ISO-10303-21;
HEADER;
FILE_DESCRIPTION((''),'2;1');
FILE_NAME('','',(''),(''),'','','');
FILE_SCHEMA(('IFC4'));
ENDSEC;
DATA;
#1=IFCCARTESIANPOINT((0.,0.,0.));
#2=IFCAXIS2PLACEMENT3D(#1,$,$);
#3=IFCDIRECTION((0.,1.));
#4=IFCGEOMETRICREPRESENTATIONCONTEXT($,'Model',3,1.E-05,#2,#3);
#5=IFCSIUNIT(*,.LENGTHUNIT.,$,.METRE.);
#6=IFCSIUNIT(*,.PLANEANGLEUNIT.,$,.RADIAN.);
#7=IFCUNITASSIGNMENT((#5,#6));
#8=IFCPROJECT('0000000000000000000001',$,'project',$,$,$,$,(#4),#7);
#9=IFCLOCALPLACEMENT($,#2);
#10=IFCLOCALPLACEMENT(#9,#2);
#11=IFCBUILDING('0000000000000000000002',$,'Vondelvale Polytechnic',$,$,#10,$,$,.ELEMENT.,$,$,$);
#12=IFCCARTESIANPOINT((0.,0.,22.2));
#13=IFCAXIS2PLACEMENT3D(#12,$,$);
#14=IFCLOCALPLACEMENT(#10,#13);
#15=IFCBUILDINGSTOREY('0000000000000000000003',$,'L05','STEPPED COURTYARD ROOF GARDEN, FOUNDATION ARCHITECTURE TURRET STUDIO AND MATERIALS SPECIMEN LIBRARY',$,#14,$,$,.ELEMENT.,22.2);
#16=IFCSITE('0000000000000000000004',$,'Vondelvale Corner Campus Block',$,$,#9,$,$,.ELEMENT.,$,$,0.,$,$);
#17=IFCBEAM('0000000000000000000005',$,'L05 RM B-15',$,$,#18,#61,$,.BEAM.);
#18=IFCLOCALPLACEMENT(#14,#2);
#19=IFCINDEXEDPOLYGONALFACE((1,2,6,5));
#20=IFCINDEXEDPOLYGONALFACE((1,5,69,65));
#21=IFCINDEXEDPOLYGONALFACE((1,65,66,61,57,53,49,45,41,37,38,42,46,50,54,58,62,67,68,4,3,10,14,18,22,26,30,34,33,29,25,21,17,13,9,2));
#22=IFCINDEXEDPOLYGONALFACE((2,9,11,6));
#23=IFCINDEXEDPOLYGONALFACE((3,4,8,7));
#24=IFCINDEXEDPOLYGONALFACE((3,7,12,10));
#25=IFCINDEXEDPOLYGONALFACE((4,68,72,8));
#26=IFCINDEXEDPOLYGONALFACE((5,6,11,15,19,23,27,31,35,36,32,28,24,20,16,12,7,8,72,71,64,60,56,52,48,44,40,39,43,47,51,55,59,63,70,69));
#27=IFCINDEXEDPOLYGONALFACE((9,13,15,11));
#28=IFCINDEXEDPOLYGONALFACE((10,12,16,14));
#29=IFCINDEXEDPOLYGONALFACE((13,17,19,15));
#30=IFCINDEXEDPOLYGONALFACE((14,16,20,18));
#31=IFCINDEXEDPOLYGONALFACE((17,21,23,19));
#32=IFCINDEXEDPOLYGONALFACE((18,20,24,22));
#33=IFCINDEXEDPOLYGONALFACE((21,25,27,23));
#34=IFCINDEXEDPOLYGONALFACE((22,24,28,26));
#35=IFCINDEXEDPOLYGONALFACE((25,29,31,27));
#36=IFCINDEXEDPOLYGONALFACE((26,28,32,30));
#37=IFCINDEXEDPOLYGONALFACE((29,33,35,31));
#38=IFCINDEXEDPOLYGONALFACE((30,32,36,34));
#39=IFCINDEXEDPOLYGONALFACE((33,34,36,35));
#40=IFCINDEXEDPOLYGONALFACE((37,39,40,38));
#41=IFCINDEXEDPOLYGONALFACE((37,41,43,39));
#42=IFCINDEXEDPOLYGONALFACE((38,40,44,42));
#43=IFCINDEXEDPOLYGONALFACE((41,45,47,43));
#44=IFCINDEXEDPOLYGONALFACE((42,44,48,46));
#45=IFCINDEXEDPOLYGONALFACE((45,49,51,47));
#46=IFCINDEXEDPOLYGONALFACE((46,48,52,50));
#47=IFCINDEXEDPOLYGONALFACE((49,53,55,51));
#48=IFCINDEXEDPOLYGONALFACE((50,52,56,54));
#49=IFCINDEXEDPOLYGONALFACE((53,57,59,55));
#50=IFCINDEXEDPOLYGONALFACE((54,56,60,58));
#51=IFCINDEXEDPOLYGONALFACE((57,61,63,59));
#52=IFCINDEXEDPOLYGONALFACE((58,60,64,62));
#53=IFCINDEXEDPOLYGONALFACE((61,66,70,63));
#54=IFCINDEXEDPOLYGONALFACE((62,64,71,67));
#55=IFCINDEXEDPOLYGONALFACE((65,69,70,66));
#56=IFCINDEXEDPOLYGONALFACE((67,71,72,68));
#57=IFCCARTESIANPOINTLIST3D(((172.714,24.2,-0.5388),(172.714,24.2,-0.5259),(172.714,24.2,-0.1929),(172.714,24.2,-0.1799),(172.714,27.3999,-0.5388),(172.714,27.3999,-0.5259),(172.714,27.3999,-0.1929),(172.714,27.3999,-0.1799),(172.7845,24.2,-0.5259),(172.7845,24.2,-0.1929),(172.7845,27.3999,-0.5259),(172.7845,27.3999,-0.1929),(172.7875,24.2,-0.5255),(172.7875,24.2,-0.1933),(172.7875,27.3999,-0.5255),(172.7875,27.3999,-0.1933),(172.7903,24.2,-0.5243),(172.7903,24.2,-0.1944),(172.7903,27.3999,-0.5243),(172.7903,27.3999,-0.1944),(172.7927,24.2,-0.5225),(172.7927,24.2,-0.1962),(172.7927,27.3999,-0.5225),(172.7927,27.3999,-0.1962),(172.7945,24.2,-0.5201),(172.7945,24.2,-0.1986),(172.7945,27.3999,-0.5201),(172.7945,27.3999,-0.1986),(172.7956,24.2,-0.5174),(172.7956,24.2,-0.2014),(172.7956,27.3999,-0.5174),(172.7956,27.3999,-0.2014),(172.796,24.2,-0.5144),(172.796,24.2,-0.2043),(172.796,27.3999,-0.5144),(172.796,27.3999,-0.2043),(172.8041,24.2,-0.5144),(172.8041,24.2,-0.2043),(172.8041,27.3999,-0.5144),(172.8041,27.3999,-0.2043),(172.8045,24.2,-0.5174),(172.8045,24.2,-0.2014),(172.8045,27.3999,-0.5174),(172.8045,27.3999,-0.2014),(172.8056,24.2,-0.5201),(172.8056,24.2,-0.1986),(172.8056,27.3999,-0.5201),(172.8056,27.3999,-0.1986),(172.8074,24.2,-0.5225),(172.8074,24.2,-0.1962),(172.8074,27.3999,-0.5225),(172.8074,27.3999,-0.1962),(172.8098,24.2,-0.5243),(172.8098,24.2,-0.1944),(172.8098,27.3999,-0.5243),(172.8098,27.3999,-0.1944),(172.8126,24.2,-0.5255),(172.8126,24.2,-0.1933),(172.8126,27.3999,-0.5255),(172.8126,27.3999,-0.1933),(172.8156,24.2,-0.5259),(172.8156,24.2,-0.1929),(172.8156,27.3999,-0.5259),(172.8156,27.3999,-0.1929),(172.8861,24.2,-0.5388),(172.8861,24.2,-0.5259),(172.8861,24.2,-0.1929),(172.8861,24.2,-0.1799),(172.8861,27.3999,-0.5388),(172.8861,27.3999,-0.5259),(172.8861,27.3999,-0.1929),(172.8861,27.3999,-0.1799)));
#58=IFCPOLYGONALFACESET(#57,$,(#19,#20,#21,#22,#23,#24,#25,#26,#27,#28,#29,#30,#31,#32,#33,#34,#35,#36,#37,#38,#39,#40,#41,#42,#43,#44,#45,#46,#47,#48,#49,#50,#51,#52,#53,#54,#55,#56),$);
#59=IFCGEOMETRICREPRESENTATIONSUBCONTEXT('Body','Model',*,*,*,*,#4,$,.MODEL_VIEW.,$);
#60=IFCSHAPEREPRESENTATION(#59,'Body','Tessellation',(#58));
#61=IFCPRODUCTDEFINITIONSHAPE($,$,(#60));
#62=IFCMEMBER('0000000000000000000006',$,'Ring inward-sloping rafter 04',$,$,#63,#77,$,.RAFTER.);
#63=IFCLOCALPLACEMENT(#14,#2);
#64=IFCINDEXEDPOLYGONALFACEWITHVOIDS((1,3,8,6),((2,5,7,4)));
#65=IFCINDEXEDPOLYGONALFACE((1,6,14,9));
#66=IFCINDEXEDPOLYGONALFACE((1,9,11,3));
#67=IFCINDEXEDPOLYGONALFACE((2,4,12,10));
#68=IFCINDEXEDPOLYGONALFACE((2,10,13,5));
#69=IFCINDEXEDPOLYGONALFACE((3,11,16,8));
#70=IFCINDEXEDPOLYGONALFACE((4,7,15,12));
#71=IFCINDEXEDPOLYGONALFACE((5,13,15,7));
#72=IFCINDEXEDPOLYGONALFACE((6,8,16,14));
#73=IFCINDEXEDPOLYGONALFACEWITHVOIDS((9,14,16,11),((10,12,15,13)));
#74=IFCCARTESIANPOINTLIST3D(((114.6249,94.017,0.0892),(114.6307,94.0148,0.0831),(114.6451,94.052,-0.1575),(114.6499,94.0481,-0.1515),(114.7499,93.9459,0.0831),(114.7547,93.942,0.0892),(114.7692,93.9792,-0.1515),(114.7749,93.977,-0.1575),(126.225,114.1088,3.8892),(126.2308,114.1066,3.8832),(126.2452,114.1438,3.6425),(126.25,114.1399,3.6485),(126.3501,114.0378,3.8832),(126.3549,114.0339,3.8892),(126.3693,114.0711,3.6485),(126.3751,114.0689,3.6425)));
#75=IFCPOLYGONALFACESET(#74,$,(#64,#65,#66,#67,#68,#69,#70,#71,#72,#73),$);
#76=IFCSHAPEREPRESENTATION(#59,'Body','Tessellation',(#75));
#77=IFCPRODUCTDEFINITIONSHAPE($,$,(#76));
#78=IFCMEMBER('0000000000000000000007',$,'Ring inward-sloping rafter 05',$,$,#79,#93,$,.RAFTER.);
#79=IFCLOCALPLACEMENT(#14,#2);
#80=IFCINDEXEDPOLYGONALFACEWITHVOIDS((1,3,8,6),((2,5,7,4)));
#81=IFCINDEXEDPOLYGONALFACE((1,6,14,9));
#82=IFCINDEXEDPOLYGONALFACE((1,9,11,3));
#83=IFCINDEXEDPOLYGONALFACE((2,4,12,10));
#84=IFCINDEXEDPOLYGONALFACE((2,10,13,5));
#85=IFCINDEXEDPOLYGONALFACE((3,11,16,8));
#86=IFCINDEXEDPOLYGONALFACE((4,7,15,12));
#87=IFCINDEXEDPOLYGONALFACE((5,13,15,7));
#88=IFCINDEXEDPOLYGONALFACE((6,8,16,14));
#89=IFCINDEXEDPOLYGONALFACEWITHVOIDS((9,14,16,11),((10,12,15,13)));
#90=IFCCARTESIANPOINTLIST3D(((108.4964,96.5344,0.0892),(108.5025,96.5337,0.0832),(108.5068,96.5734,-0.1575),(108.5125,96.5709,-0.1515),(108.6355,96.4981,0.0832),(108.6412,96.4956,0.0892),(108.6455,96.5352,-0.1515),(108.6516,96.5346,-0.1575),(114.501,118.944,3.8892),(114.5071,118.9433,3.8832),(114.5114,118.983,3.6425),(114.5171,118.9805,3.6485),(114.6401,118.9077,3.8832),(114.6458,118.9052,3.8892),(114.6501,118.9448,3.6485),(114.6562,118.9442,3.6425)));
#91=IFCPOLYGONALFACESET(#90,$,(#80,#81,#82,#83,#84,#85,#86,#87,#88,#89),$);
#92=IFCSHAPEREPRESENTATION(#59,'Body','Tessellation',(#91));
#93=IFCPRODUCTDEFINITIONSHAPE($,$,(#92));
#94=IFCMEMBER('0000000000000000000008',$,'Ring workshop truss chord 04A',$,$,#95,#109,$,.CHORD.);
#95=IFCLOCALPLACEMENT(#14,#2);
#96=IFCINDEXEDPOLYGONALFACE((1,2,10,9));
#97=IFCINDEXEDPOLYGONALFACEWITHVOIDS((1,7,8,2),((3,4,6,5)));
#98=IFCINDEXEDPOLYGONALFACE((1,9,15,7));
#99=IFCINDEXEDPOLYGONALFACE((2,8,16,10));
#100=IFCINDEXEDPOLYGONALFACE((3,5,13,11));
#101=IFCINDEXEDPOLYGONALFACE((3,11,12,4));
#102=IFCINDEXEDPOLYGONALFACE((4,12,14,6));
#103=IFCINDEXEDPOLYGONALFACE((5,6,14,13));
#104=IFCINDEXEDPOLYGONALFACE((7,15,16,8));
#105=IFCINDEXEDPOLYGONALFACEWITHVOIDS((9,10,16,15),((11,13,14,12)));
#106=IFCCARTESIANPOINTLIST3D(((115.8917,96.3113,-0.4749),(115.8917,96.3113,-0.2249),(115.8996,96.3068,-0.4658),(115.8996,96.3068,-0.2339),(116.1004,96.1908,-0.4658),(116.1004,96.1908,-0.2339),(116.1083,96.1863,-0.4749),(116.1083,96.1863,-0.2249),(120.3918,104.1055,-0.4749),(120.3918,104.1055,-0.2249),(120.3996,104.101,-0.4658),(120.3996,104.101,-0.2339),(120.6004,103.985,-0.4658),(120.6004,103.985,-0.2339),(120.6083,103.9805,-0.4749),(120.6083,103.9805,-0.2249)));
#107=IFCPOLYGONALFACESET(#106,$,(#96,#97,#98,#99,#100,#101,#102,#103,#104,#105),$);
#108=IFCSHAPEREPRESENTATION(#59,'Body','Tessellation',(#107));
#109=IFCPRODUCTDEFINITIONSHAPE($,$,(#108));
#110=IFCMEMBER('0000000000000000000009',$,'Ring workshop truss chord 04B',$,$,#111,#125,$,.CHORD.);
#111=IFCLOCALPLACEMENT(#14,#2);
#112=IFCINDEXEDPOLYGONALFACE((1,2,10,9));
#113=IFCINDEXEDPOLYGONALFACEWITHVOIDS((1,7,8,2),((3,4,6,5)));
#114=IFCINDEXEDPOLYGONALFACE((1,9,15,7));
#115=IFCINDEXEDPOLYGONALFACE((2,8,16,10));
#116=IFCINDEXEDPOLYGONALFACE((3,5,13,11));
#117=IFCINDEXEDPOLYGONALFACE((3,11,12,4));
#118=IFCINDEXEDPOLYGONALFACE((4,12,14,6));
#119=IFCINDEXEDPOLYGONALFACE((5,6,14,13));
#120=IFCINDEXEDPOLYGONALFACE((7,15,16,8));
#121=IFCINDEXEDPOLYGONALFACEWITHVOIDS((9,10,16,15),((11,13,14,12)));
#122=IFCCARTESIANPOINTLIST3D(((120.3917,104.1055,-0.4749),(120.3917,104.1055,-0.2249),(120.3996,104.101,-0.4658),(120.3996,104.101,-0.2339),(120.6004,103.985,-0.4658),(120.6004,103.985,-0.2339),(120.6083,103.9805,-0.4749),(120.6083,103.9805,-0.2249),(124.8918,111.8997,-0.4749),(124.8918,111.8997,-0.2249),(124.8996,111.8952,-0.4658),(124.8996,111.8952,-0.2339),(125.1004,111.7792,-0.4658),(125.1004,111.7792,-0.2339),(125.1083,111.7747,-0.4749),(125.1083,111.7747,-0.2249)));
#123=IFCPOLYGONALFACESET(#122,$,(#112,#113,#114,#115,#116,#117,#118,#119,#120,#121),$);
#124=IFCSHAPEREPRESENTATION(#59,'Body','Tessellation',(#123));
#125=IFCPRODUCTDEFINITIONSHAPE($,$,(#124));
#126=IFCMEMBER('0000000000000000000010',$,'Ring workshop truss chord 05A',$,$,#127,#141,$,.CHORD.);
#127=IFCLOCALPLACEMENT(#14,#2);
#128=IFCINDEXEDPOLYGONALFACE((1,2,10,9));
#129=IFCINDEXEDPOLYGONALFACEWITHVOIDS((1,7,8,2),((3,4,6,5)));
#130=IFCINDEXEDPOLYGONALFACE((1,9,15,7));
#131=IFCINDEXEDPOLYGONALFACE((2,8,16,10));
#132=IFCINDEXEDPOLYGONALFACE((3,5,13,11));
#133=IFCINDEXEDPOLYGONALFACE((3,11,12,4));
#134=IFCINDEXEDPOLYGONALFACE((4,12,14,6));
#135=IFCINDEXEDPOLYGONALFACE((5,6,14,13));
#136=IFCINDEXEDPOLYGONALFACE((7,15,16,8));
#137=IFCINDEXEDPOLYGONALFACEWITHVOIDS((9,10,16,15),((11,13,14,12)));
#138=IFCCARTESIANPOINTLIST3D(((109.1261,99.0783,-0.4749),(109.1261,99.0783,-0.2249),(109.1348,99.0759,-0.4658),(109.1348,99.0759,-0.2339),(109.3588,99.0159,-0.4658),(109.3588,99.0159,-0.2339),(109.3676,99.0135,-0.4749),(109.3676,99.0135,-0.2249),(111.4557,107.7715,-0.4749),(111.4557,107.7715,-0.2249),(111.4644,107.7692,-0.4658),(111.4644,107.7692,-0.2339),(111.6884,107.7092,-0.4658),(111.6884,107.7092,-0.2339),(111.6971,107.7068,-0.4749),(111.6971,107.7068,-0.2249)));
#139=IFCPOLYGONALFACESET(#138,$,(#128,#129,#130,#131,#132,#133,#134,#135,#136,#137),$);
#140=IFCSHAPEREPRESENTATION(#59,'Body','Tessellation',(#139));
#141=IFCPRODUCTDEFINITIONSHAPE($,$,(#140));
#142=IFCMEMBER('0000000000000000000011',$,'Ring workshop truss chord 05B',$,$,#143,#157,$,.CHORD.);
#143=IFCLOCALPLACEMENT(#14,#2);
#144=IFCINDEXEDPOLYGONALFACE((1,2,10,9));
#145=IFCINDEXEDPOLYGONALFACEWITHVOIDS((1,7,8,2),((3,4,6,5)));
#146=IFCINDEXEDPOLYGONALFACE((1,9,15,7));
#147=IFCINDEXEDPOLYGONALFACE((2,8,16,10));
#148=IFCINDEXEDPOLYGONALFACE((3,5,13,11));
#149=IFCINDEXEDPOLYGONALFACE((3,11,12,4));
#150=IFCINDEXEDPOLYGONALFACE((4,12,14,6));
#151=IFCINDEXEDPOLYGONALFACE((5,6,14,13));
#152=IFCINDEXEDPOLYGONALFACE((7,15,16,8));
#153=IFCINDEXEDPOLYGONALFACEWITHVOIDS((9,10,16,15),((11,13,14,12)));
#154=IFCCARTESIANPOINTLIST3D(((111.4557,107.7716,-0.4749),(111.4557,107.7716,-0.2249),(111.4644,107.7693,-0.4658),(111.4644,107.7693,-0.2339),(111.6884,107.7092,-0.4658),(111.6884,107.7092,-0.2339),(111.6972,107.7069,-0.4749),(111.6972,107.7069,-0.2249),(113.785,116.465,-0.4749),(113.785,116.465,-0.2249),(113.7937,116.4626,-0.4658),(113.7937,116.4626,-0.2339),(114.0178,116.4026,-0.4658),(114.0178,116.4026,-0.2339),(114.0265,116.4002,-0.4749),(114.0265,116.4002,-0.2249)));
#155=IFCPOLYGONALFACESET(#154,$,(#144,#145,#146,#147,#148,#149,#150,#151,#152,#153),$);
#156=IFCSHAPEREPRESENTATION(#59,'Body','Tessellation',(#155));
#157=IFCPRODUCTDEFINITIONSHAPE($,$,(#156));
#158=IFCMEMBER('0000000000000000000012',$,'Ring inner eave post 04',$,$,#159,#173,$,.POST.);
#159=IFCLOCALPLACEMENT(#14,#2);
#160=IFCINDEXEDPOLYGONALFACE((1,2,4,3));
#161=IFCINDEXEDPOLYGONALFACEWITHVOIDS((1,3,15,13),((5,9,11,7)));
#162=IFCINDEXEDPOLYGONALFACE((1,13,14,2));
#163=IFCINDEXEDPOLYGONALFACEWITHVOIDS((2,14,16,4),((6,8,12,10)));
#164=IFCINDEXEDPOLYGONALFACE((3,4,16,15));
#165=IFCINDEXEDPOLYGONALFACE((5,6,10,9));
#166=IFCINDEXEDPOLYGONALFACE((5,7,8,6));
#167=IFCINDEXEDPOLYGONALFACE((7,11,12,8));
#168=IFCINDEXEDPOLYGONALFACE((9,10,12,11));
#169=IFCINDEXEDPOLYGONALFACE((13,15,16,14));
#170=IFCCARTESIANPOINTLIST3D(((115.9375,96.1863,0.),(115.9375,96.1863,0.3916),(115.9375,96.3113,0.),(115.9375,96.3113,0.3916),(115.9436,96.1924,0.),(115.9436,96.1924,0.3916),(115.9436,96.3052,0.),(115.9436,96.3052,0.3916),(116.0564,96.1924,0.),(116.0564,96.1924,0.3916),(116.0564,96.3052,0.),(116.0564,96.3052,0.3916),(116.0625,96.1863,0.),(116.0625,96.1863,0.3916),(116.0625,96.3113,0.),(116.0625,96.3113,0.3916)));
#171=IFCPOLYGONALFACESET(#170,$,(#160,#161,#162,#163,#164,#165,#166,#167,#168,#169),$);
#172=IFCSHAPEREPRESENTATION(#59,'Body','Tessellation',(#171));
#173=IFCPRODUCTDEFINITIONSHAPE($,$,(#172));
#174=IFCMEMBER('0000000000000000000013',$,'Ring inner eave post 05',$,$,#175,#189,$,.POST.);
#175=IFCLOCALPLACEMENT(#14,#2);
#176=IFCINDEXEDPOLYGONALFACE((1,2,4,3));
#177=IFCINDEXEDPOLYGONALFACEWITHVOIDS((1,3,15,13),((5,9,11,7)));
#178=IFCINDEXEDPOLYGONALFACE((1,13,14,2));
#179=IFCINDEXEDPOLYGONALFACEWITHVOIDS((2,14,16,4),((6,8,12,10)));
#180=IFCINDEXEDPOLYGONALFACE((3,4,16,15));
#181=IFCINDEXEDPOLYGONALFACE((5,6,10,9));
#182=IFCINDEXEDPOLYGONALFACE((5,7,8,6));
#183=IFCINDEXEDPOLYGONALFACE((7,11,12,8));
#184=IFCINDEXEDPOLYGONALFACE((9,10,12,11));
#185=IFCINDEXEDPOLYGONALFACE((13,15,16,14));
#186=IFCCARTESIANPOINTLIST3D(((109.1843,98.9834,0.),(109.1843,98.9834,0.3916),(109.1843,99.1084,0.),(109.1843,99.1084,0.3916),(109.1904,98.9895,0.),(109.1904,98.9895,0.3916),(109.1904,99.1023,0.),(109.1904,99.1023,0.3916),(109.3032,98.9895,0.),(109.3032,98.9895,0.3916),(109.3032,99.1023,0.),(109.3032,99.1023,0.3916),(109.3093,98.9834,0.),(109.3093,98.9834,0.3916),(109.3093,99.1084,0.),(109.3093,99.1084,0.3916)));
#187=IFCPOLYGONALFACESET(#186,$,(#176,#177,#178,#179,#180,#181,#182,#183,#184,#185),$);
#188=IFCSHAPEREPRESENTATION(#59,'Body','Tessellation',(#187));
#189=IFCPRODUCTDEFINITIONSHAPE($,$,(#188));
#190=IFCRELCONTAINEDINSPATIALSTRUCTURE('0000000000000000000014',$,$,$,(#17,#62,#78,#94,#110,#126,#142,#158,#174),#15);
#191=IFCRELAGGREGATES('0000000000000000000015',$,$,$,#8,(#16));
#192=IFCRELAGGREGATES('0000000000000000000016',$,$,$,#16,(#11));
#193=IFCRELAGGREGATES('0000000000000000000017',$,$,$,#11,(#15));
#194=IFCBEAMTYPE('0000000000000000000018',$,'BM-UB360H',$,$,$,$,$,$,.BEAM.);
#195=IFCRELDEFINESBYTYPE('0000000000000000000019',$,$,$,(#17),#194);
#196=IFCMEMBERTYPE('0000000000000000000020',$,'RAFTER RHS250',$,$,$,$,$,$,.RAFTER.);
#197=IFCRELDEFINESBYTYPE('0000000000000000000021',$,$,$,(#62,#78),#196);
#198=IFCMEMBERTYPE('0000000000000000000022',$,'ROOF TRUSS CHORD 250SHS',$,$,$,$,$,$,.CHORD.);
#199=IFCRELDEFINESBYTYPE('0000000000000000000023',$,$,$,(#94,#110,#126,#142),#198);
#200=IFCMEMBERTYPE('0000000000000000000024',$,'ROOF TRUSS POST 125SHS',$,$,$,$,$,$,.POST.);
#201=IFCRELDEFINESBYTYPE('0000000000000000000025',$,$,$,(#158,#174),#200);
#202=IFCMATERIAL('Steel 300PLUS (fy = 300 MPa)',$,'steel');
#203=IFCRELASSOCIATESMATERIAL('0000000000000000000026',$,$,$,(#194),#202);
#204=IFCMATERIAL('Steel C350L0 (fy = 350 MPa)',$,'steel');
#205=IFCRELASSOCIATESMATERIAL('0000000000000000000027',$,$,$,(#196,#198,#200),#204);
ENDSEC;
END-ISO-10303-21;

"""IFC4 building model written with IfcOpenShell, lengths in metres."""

from ifc_helpers import new_model, si_unit, direction, frame, origin, origin_2d, place, context, subcontext, project, spatial, hollow_rectangle, i_section, extrude, material, material_profile, profile_set, type_object, element, save


model = new_model("IFC4")

# Units and contexts
model_context = context("Model", 3, precision=1e-05, world=origin(), true_north=direction((0.0, 1.0)))
body_context = subcontext(model_context, "Body", "Model", "MODEL_VIEW")
ifc_project = project(units=[si_unit("LENGTHUNIT", "METRE"), si_unit("PLANEANGLEUNIT", "RADIAN")], contexts=[model_context])

# Site, building, storey
site_placement = place(None, origin())
site = spatial("IfcSite", under=ifc_project, at=site_placement, Name="Vondelvale Corner Campus Block", CompositionType="ELEMENT", RefElevation=0.0)
building_placement = place(site_placement, origin())
building = spatial("IfcBuilding", under=site, at=building_placement, Name="Vondelvale Polytechnic", CompositionType="ELEMENT")
storey_placement = place(building_placement, frame((0.0, 0.0, 22.2)))
storey = spatial("IfcBuildingStorey", under=building, at=storey_placement, Name="L05", Description="STEPPED COURTYARD ROOF GARDEN, FOUNDATION ARCHITECTURE TURRET STUDIO AND MATERIALS SPECIMEN LIBRARY", CompositionType="ELEMENT", Elevation=22.2)

# Beam
ifc_material_1 = material(Name="Steel 300PLUS (fy = 300 MPa)", Category="steel")
ifc_material_profile_1 = material_profile(ifc_material_1, i_section(OverallWidth=0.1721, OverallDepth=0.3589, WebThickness=0.0081, FlangeThickness=0.0129, FilletRadius=0.0115, at=origin_2d()), Name="360UB56.7")
ifc_profile_set_1 = profile_set([ifc_material_profile_1], Name="Steel 300PLUS (fy = 300 MPa)")
beam_type_1 = type_object("IfcBeamType", Name="BM-UB360H", PredefinedType="BEAM", material=ifc_profile_set_1)
beam_1_placement = place(storey_placement, frame((172.8, 24.2, -0.3594), z_axis=(0.0, 1.0, 0.0), x_axis=(-1.0, 0.0, 0.0)))
element("IfcBeam", 1, at=beam_1_placement, inside=storey, type_object=beam_type_1, Name="L05 RM B-15", PredefinedType="BEAM", context=body_context, shape_type="SweptSolid", body=[
    extrude(i_section(OverallWidth=0.1721, OverallDepth=0.3589, WebThickness=0.0081, FlangeThickness=0.0129, FilletRadius=0.0115, at=origin_2d()), origin(), (0.0, 0.0, 1.0), 3.2),
])

# Members
ifc_material_2 = material(Name="Steel C350L0 (fy = 350 MPa)", Category="steel")
ifc_material_profile_2 = material_profile(ifc_material_2, hollow_rectangle(XDim=0.1499, YDim=0.25, WallThickness=0.0061, at=origin_2d()), Name="250x150x6.0RHS")
ifc_profile_set_2 = profile_set([ifc_material_profile_2], Name="Steel C350L0 (fy = 350 MPa)")
member_type_1 = type_object("IfcMemberType", Name="RAFTER RHS250", PredefinedType="RAFTER", material=ifc_profile_set_2)
for number, where, z_axis, x_axis, name in (
    (2, (126.3, 114.0889, 3.7659), (-0.493428, -0.854635, -0.161641), (0.866024, -0.500003, 0.0), "Ring inward-sloping rafter 04"),
    (3, (114.5786, 118.9441, 3.7659), (-0.255415, -0.953224, -0.16164), (0.965926, -0.258818, 0.0), "Ring inward-sloping rafter 05"),
):
    element("IfcMember", number, at=place(storey_placement, frame(where, z_axis=z_axis, x_axis=x_axis)), inside=storey, type_object=member_type_1, Name=name, PredefinedType="RAFTER", context=body_context, shape_type="SweptSolid", body=[
        extrude(hollow_rectangle(XDim=0.1499, YDim=0.25, WallThickness=0.0061, at=origin_2d()), origin(), (0.0, 0.0, 1.0), 23.5093),
    ])
ifc_material_profile_3 = material_profile(ifc_material_2, hollow_rectangle(XDim=0.25, YDim=0.25, WallThickness=0.009, at=origin_2d()), Name="250x250x9.0SHS")
ifc_profile_set_3 = profile_set([ifc_material_profile_3], Name="Steel C350L0 (fy = 350 MPa)")
member_type_2 = type_object("IfcMemberType", Name="ROOF TRUSS CHORD 250SHS", PredefinedType="CHORD", material=ifc_profile_set_3)
for number, where, z_axis, x_axis, name in (
    (4, (116.0, 96.2488, -0.3499), (0.500002, 0.866024, 0.0), (-0.866024, 0.500002, 0.0), "Ring workshop truss chord 04A"),
    (5, (120.5, 104.043, -0.3499), (0.500002, 0.866024, 0.0), (-0.866024, 0.500002, 0.0), "Ring workshop truss chord 04B"),
    (6, (109.2468, 99.0459, -0.3499), (0.258841, 0.96592, 0.0), (-0.96592, 0.258841, 0.0), "Ring workshop truss chord 05A"),
    (7, (111.5764, 107.7393, -0.3499), (0.258816, 0.965927, 0.0), (-0.965927, 0.258816, 0.0), "Ring workshop truss chord 05B"),
):
    element("IfcMember", number, at=place(storey_placement, frame(where, z_axis=z_axis, x_axis=x_axis)), inside=storey, type_object=member_type_2, Name=name, PredefinedType="CHORD", context=body_context, shape_type="SweptSolid", body=[
        extrude(hollow_rectangle(XDim=0.25, YDim=0.25, WallThickness=0.009, at=origin_2d()), origin(), (0.0, 0.0, 1.0), 9.0),
    ])
ifc_material_profile_4 = material_profile(ifc_material_2, hollow_rectangle(XDim=0.125, YDim=0.125, WallThickness=0.0061, at=origin_2d()), Name="125x125x6.0SHS")
ifc_profile_set_4 = profile_set([ifc_material_profile_4], Name="Steel C350L0 (fy = 350 MPa)")
member_type_3 = type_object("IfcMemberType", Name="ROOF TRUSS POST 125SHS", PredefinedType="POST", material=ifc_profile_set_4)
for number, where, z_axis, x_axis, name in (
    (8, (116.0, 96.2488, 0.0), (0.0, 0.0, 1.0), (1.0, 0.0, 0.0), "Ring inner eave post 04"),
    (9, (109.2468, 99.0459, 0.0), (0.0, 0.0, 1.0), (1.0, 0.0, 0.0), "Ring inner eave post 05"),
):
    element("IfcMember", number, at=place(storey_placement, frame(where, z_axis=z_axis, x_axis=x_axis)), inside=storey, type_object=member_type_3, Name=name, PredefinedType="POST", context=body_context, shape_type="SweptSolid", body=[
        extrude(hollow_rectangle(XDim=0.125, YDim=0.125, WallThickness=0.0061, at=origin_2d()), origin(), (0.0, 0.0, 1.0), 0.3916),
    ])

save(model, "model.ifc")
